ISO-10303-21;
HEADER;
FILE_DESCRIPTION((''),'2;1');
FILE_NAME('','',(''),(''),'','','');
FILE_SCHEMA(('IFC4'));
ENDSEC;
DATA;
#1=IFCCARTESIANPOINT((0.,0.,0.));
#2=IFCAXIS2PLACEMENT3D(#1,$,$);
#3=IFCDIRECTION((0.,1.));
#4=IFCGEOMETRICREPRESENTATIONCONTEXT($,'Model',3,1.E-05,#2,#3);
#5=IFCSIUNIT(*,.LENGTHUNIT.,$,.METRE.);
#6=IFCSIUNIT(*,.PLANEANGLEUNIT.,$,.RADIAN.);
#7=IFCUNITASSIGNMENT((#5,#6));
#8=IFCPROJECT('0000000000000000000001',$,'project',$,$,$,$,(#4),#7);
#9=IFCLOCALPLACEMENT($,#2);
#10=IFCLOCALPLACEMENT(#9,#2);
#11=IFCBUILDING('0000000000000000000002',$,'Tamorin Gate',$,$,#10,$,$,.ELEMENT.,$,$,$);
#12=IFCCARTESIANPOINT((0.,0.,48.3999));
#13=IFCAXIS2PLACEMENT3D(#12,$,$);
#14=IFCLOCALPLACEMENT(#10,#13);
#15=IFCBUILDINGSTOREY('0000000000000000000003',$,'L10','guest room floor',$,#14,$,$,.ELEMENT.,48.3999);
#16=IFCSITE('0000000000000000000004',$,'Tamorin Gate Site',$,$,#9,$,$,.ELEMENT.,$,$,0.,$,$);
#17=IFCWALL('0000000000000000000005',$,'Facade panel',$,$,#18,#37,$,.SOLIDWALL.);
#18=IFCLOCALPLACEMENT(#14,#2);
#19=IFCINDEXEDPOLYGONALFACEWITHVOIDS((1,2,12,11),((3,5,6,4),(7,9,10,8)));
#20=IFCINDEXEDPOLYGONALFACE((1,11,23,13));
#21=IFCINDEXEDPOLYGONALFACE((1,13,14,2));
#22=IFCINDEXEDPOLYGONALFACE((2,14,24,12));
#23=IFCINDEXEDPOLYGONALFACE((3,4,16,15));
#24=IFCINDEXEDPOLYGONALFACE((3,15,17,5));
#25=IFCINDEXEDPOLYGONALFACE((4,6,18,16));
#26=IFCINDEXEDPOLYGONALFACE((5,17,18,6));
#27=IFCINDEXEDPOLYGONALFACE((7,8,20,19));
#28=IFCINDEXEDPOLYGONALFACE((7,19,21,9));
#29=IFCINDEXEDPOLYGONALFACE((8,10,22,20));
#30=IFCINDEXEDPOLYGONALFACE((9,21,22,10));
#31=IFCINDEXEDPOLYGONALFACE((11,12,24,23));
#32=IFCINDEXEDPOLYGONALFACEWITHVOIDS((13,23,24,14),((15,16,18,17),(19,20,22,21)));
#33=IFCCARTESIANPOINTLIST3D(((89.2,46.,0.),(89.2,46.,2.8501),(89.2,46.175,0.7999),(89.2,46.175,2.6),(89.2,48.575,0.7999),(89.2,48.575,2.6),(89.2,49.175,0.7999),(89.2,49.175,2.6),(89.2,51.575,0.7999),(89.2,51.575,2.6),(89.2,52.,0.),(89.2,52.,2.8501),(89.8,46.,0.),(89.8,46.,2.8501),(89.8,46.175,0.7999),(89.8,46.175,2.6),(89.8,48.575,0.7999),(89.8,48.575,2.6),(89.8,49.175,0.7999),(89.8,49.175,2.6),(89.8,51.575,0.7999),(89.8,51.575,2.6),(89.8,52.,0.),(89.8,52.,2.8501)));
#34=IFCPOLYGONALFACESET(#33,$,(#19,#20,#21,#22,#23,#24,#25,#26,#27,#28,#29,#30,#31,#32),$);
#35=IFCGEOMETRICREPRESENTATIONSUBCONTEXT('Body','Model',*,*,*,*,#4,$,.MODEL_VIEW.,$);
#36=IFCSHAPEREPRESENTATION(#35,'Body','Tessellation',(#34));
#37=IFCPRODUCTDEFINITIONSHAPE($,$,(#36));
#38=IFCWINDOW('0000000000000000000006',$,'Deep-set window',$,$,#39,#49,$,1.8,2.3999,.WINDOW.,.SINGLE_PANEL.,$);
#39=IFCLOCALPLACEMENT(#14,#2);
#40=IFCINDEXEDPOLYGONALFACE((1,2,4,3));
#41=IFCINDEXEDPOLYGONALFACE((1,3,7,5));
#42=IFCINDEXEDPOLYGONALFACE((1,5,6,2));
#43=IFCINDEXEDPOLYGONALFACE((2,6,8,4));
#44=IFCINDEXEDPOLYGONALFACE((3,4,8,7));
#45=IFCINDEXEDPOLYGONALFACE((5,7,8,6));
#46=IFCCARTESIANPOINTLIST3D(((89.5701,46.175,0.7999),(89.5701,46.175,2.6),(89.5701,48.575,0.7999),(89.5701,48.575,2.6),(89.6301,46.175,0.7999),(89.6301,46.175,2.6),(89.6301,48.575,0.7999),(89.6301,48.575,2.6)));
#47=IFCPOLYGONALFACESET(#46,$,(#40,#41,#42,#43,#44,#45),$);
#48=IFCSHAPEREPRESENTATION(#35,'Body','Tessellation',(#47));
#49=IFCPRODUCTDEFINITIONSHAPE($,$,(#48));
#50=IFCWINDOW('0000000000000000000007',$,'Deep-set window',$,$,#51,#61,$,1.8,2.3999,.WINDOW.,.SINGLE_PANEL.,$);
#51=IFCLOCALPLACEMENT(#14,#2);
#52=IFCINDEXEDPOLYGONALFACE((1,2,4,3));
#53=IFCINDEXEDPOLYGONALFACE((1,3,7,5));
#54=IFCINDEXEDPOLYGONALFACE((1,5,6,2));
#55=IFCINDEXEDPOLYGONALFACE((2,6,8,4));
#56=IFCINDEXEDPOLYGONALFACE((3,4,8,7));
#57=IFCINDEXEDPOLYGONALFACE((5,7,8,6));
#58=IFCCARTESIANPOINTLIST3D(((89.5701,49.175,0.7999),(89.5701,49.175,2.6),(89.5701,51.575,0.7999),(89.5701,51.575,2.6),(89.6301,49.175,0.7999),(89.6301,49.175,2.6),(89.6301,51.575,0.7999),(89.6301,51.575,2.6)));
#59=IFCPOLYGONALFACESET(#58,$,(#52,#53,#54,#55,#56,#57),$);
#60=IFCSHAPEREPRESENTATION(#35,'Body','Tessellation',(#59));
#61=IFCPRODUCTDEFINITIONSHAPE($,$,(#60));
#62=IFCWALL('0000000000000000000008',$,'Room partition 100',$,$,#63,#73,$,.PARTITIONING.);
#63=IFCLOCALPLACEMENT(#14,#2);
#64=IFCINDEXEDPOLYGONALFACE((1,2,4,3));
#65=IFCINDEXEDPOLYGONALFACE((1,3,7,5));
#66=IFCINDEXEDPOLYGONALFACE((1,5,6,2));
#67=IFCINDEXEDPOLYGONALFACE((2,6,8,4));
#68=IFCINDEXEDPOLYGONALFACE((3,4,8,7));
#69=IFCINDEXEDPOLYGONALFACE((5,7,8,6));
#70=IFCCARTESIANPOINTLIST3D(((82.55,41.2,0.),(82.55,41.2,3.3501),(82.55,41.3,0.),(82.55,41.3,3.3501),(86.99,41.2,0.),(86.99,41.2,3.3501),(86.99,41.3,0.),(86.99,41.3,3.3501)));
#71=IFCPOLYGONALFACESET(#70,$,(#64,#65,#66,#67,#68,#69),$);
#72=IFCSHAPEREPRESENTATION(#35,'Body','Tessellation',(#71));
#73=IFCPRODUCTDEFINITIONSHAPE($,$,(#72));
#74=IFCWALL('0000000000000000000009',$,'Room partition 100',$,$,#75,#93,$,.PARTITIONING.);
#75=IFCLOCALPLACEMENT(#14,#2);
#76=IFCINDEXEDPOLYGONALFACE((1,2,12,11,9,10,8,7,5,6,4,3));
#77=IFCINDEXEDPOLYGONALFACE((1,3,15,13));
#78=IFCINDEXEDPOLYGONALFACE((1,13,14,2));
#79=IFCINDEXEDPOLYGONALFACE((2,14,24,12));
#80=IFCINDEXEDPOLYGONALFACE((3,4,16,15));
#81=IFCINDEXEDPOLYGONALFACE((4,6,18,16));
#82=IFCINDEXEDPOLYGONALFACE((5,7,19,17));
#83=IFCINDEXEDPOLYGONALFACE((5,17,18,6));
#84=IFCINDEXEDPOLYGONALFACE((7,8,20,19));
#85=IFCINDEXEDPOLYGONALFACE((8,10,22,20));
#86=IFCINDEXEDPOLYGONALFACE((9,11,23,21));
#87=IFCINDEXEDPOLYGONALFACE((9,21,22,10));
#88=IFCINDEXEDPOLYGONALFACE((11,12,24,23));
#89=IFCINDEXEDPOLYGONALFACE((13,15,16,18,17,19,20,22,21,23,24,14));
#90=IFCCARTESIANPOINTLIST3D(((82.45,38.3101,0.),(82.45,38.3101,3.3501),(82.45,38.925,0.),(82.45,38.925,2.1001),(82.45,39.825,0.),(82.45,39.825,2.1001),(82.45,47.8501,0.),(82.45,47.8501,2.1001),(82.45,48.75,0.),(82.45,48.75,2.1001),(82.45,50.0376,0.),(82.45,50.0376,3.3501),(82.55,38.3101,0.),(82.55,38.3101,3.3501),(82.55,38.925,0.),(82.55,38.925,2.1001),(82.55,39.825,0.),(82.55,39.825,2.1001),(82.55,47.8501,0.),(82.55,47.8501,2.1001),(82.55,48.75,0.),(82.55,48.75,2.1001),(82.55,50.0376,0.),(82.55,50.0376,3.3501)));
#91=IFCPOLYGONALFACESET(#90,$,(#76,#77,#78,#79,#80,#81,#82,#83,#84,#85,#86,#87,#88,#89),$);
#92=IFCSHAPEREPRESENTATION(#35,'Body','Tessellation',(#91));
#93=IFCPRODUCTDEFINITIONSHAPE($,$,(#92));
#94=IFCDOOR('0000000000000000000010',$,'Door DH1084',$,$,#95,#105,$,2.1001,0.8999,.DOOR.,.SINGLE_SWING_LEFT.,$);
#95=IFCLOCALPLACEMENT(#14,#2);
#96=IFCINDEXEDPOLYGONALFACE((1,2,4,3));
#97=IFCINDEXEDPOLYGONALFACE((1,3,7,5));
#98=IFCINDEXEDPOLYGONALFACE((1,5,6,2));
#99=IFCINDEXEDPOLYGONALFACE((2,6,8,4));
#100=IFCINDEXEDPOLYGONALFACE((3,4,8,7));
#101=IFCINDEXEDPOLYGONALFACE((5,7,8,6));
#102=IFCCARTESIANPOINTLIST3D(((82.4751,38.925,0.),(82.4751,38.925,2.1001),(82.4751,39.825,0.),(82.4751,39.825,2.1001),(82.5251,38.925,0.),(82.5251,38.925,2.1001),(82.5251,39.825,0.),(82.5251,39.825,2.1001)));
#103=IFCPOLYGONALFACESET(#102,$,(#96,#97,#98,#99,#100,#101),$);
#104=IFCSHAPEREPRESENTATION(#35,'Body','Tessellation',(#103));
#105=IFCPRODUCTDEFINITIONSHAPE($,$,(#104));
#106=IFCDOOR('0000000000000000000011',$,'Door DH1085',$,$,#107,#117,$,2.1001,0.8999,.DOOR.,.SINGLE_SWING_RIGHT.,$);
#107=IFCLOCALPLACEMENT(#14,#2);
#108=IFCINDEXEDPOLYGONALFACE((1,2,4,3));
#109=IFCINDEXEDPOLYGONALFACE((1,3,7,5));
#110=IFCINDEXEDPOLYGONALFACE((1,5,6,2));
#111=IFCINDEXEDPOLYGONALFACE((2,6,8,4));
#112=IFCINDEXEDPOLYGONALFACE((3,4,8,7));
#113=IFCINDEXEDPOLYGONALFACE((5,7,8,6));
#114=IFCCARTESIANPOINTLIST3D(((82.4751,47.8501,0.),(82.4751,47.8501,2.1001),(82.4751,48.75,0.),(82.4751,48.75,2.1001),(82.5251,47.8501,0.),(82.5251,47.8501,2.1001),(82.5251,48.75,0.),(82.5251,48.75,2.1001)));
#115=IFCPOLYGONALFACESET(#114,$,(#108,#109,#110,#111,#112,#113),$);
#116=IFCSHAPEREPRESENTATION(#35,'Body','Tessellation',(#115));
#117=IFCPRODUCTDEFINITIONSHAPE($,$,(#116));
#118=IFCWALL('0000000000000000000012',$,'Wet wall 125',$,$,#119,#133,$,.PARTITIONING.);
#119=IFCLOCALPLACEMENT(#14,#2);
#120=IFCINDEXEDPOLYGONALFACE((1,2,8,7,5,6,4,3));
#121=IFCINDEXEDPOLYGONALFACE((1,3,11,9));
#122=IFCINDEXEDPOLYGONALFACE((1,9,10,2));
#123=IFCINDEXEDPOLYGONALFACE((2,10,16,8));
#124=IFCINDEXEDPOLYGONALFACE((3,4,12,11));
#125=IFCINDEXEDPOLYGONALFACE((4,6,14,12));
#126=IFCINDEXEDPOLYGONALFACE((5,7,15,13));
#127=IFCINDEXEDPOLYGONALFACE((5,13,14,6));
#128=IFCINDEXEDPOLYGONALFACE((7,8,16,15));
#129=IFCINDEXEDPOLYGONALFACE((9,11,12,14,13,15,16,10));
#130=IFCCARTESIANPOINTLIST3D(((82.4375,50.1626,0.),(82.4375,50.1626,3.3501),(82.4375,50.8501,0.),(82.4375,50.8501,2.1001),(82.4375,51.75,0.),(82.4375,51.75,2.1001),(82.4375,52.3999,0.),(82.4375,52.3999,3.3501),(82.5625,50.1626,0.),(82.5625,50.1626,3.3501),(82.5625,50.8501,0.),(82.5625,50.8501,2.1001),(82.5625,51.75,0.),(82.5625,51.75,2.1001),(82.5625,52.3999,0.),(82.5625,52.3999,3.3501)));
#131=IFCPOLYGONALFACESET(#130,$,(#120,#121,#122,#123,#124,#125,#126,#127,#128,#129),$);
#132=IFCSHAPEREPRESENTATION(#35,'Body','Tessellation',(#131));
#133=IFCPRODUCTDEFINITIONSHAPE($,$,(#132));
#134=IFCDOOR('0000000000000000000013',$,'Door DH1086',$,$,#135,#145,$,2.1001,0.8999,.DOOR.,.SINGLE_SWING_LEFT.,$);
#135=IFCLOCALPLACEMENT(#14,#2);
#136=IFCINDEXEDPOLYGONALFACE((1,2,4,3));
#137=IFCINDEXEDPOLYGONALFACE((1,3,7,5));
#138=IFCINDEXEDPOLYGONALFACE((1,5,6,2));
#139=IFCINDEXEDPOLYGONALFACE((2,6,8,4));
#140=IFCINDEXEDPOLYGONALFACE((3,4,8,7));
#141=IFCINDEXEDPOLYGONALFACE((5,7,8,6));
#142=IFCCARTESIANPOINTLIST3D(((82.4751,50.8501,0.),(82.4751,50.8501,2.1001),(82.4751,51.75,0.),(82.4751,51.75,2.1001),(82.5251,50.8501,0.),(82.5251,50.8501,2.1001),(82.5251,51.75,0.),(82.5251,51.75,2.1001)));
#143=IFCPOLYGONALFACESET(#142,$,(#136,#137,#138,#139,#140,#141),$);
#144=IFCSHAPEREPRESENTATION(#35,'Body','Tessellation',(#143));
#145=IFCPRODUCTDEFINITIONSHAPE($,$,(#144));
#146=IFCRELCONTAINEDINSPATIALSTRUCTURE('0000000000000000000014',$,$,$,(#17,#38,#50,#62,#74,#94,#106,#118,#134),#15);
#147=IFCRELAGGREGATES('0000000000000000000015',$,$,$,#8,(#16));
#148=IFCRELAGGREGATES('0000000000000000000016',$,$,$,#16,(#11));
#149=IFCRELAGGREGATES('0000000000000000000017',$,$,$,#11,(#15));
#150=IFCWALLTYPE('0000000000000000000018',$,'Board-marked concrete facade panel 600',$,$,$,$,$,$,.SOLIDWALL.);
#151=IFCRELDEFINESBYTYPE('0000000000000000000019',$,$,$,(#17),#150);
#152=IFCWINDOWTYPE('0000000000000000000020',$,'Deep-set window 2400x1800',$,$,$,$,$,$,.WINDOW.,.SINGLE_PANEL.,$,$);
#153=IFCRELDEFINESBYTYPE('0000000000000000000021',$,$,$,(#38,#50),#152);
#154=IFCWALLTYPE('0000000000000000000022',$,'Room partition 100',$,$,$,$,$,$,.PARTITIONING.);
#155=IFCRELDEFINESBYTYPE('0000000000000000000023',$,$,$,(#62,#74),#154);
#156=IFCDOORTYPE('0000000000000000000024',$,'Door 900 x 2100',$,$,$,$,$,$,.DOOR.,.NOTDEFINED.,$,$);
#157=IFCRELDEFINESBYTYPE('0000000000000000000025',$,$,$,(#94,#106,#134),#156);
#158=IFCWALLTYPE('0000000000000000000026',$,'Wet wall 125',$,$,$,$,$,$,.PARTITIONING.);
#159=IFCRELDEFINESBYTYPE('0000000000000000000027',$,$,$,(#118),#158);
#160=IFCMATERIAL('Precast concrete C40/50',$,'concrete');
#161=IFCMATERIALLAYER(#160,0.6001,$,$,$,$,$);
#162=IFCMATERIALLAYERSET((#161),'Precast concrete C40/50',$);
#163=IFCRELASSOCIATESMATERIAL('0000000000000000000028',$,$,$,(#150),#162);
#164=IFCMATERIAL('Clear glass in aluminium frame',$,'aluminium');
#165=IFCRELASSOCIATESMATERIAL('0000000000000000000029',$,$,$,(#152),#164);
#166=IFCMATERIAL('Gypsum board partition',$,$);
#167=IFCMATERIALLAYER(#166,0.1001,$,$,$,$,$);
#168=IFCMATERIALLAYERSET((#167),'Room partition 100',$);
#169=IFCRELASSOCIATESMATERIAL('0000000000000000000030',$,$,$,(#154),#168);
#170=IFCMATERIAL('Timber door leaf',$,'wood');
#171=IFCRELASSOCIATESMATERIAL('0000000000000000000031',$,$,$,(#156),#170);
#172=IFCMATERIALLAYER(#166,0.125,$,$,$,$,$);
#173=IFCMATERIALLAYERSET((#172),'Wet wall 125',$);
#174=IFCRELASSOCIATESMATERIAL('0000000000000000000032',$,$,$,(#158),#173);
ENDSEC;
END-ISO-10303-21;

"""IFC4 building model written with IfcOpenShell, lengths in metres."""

from ifc_helpers import new_model, si_unit, direction, frame, frame_2d, origin, place, context, subcontext, project, spatial, rectangle, extrude, material, layer, layer_set, type_object, element, fill, save


model = new_model("IFC4")

# Units and contexts
model_context = context("Model", 3, precision=1e-05, world=origin(), true_north=direction((0.0, 1.0)))
body_context = subcontext(model_context, "Body", "Model", "MODEL_VIEW")
ifc_project = project(units=[si_unit("LENGTHUNIT", "METRE"), si_unit("PLANEANGLEUNIT", "RADIAN")], contexts=[model_context])

# Site, building, storey
site_placement = place(None, origin())
site = spatial("IfcSite", under=ifc_project, at=site_placement, Name="Tamorin Gate Site", CompositionType="ELEMENT", RefElevation=0.0)
building_placement = place(site_placement, origin())
building = spatial("IfcBuilding", under=site, at=building_placement, Name="Tamorin Gate", CompositionType="ELEMENT")
storey_placement = place(building_placement, frame((0.0, 0.0, 48.3999)))
storey = spatial("IfcBuildingStorey", under=building, at=storey_placement, Name="L10", Description="guest room floor", CompositionType="ELEMENT", Elevation=48.3999)

# Shared definitions
ifc_material_1 = material(Name="Precast concrete C40/50", Category="concrete")
ifc_layer_1 = layer(ifc_material_1, 0.6001)
ifc_layer_set_1 = layer_set([ifc_layer_1], Name="Precast concrete C40/50")
wall_type_1 = type_object("IfcWallType", Name="Board-marked concrete facade panel 600", PredefinedType="SOLIDWALL", material=ifc_layer_set_1)
ifc_material_2 = material(Name="Clear glass in aluminium frame", Category="aluminium")
window_type = type_object("IfcWindowType", Name="Deep-set window 2400x1800", PartitioningType="SINGLE_PANEL", PredefinedType="WINDOW", material=ifc_material_2)

# Wall, openings, windows
wall_1_placement = place(storey_placement, frame((89.5, 46.0, 0.0), z_axis=(0.0, 0.0, 1.0), x_axis=(0.0, 1.0, 0.0)))
wall_1 = element("IfcWall", 1, at=wall_1_placement, inside=storey, type_object=wall_type_1, Name="Facade panel", PredefinedType="SOLIDWALL", context=body_context, shape_type="SweptSolid", body=[
    extrude(rectangle(XDim=6.0, YDim=0.6001, at=frame_2d((3.0, 0.0))), origin(), (0.0, 0.0, 1.0), 2.8501),
])
opening_1_placement = place(wall_1_placement, frame((0.175, 0.0, 0.8)))
opening_1 = element("IfcOpeningElement", 2, at=opening_1_placement, cuts=wall_1, PredefinedType="OPENING", context=body_context, shape_type="SweptSolid", body=[
    extrude(rectangle(XDim=2.3999, YDim=1.8, at=frame_2d((1.2, 0.8999))), frame((0.0, 0.3101, 0.0), z_axis=(0.0, -1.0, 0.0), x_axis=(1.0, 0.0, 0.0)), (0.0, 0.0, 1.0), 0.6201),
])
opening_2_placement = place(wall_1_placement, frame((3.175, 0.0, 0.8)))
opening_2 = element("IfcOpeningElement", 3, at=opening_2_placement, cuts=wall_1, PredefinedType="OPENING", context=body_context, shape_type="SweptSolid", body=[
    extrude(rectangle(XDim=2.3999, YDim=1.8, at=frame_2d((1.2, 0.8999))), frame((0.0, 0.3101, 0.0), z_axis=(0.0, -1.0, 0.0), x_axis=(1.0, 0.0, 0.0)), (0.0, 0.0, 1.0), 0.6201),
])
window_1_placement = place(opening_1_placement, origin())
window_1 = element("IfcWindow", 4, at=window_1_placement, inside=storey, type_object=window_type, Name="Deep-set window", OverallHeight=1.8, OverallWidth=2.3999, PartitioningType="SINGLE_PANEL", PredefinedType="WINDOW", context=body_context, shape_type="SweptSolid", body=[
    extrude(rectangle(XDim=2.3999, YDim=1.8, at=frame_2d((1.2, 0.8999))), frame((0.0, -0.0701, 0.0), z_axis=(0.0, -1.0, 0.0), x_axis=(1.0, 0.0, 0.0)), (0.0, 0.0, 1.0), 0.0601),
])
fill(opening_1, window_1)
window_2_placement = place(opening_2_placement, origin())
window_2 = element("IfcWindow", 5, at=window_2_placement, inside=storey, type_object=window_type, Name="Deep-set window", OverallHeight=1.8, OverallWidth=2.3999, PartitioningType="SINGLE_PANEL", PredefinedType="WINDOW", context=body_context, shape_type="SweptSolid", body=[
    extrude(rectangle(XDim=2.3999, YDim=1.8, at=frame_2d((1.2, 0.8999))), frame((0.0, -0.0701, 0.0), z_axis=(0.0, -1.0, 0.0), x_axis=(1.0, 0.0, 0.0)), (0.0, 0.0, 1.0), 0.0601),
])
fill(opening_2, window_2)

# Wall
ifc_material_3 = material(Name="Gypsum board partition")
ifc_layer_2 = layer(ifc_material_3, 0.1001)
ifc_layer_set_2 = layer_set([ifc_layer_2], Name="Room partition 100")
wall_type_2 = type_object("IfcWallType", Name="Room partition 100", PredefinedType="PARTITIONING", material=ifc_layer_set_2)
wall_2_placement = place(storey_placement, frame((82.55, 41.25, 0.0), z_axis=(0.0, 0.0, 1.0), x_axis=(1.0, 0.0, 0.0)))
element("IfcWall", 6, at=wall_2_placement, inside=storey, type_object=wall_type_2, Name="Room partition 100", PredefinedType="PARTITIONING", context=body_context, shape_type="SweptSolid", body=[
    extrude(rectangle(XDim=4.4399, YDim=0.1001, at=frame_2d((2.22, 0.0))), origin(), (0.0, 0.0, 1.0), 3.3501),
])

# Wall, openings, doors
wall_3_placement = place(storey_placement, frame((82.5, 38.3101, 0.0), z_axis=(0.0, 0.0, 1.0), x_axis=(0.0, 1.0, 0.0)))
wall_3 = element("IfcWall", 7, at=wall_3_placement, inside=storey, type_object=wall_type_2, Name="Room partition 100", PredefinedType="PARTITIONING", context=body_context, shape_type="SweptSolid", body=[
    extrude(rectangle(XDim=11.7275, YDim=0.1001, at=frame_2d((5.8638, 0.0))), origin(), (0.0, 0.0, 1.0), 3.3501),
])
opening_3_placement = place(wall_3_placement, frame((0.615, 0.0, 0.0)))
opening_3 = element("IfcOpeningElement", 8, at=opening_3_placement, cuts=wall_3, PredefinedType="OPENING", context=body_context, shape_type="SweptSolid", body=[
    extrude(rectangle(XDim=0.8999, YDim=2.1001, at=frame_2d((0.45, 1.05))), frame((0.0, 0.0601, 0.0), z_axis=(0.0, -1.0, 0.0), x_axis=(1.0, 0.0, 0.0)), (0.0, 0.0, 1.0), 0.1201),
])
opening_4_placement = place(wall_3_placement, frame((9.54, 0.0, 0.0)))
opening_4 = element("IfcOpeningElement", 9, at=opening_4_placement, cuts=wall_3, PredefinedType="OPENING", context=body_context, shape_type="SweptSolid", body=[
    extrude(rectangle(XDim=0.8999, YDim=2.1001, at=frame_2d((0.45, 1.05))), frame((0.0, 0.0601, 0.0), z_axis=(0.0, -1.0, 0.0), x_axis=(1.0, 0.0, 0.0)), (0.0, 0.0, 1.0), 0.1201),
])
ifc_material_4 = material(Name="Timber door leaf", Category="wood")
door_type = type_object("IfcDoorType", Name="Door 900 x 2100", OperationType="NOTDEFINED", PredefinedType="DOOR", material=ifc_material_4)
door_1_placement = place(opening_3_placement, origin())
door_1 = element("IfcDoor", 10, at=door_1_placement, inside=storey, type_object=door_type, Name="Door DH1084", OperationType="SINGLE_SWING_LEFT", OverallHeight=2.1001, OverallWidth=0.8999, PredefinedType="DOOR", context=body_context, shape_type="SweptSolid", body=[
    extrude(rectangle(XDim=0.8999, YDim=2.1001, at=frame_2d((0.45, 1.05))), frame((0.0, 0.0249, 0.0), z_axis=(0.0, -1.0, 0.0), x_axis=(1.0, 0.0, 0.0)), (0.0, 0.0, 1.0), 0.05),
])
fill(opening_3, door_1)
door_2_placement = place(opening_4_placement, origin())
door_2 = element("IfcDoor", 11, at=door_2_placement, inside=storey, type_object=door_type, Name="Door DH1085", OperationType="SINGLE_SWING_RIGHT", OverallHeight=2.1001, OverallWidth=0.8999, PredefinedType="DOOR", context=body_context, shape_type="SweptSolid", body=[
    extrude(rectangle(XDim=0.8999, YDim=2.1001, at=frame_2d((0.45, 1.05))), frame((0.0, 0.0249, 0.0), z_axis=(0.0, -1.0, 0.0), x_axis=(1.0, 0.0, 0.0)), (0.0, 0.0, 1.0), 0.05),
])
fill(opening_4, door_2)

# Wall, opening, door
ifc_layer_3 = layer(ifc_material_3, 0.125)
ifc_layer_set_3 = layer_set([ifc_layer_3], Name="Wet wall 125")
wall_type_3 = type_object("IfcWallType", Name="Wet wall 125", PredefinedType="PARTITIONING", material=ifc_layer_set_3)
wall_4_placement = place(storey_placement, frame((82.5, 50.1626, 0.0), z_axis=(0.0, 0.0, 1.0), x_axis=(0.0, 1.0, 0.0)))
wall_4 = element("IfcWall", 12, at=wall_4_placement, inside=storey, type_object=wall_type_3, Name="Wet wall 125", PredefinedType="PARTITIONING", context=body_context, shape_type="SweptSolid", body=[
    extrude(rectangle(XDim=2.2373, YDim=0.125, at=frame_2d((1.1187, 0.0))), origin(), (0.0, 0.0, 1.0), 3.3501),
])
opening_5_placement = place(wall_4_placement, frame((0.6875, 0.0, 0.0)))
opening_5 = element("IfcOpeningElement", 13, at=opening_5_placement, cuts=wall_4, PredefinedType="OPENING", context=body_context, shape_type="SweptSolid", body=[
    extrude(rectangle(XDim=0.8999, YDim=2.1001, at=frame_2d((0.45, 1.05))), frame((0.0, 0.0725, 0.0), z_axis=(0.0, -1.0, 0.0), x_axis=(1.0, 0.0, 0.0)), (0.0, 0.0, 1.0), 0.145),
])
door_3_placement = place(opening_5_placement, origin())
door_3 = element("IfcDoor", 14, at=door_3_placement, inside=storey, type_object=door_type, Name="Door DH1086", OperationType="SINGLE_SWING_LEFT", OverallHeight=2.1001, OverallWidth=0.8999, PredefinedType="DOOR", context=body_context, shape_type="SweptSolid", body=[
    extrude(rectangle(XDim=0.8999, YDim=2.1001, at=frame_2d((0.45, 1.05))), frame((0.0, 0.0249, 0.0), z_axis=(0.0, -1.0, 0.0), x_axis=(1.0, 0.0, 0.0)), (0.0, 0.0, 1.0), 0.05),
])
fill(opening_5, door_3)

save(model, "model.ifc")
